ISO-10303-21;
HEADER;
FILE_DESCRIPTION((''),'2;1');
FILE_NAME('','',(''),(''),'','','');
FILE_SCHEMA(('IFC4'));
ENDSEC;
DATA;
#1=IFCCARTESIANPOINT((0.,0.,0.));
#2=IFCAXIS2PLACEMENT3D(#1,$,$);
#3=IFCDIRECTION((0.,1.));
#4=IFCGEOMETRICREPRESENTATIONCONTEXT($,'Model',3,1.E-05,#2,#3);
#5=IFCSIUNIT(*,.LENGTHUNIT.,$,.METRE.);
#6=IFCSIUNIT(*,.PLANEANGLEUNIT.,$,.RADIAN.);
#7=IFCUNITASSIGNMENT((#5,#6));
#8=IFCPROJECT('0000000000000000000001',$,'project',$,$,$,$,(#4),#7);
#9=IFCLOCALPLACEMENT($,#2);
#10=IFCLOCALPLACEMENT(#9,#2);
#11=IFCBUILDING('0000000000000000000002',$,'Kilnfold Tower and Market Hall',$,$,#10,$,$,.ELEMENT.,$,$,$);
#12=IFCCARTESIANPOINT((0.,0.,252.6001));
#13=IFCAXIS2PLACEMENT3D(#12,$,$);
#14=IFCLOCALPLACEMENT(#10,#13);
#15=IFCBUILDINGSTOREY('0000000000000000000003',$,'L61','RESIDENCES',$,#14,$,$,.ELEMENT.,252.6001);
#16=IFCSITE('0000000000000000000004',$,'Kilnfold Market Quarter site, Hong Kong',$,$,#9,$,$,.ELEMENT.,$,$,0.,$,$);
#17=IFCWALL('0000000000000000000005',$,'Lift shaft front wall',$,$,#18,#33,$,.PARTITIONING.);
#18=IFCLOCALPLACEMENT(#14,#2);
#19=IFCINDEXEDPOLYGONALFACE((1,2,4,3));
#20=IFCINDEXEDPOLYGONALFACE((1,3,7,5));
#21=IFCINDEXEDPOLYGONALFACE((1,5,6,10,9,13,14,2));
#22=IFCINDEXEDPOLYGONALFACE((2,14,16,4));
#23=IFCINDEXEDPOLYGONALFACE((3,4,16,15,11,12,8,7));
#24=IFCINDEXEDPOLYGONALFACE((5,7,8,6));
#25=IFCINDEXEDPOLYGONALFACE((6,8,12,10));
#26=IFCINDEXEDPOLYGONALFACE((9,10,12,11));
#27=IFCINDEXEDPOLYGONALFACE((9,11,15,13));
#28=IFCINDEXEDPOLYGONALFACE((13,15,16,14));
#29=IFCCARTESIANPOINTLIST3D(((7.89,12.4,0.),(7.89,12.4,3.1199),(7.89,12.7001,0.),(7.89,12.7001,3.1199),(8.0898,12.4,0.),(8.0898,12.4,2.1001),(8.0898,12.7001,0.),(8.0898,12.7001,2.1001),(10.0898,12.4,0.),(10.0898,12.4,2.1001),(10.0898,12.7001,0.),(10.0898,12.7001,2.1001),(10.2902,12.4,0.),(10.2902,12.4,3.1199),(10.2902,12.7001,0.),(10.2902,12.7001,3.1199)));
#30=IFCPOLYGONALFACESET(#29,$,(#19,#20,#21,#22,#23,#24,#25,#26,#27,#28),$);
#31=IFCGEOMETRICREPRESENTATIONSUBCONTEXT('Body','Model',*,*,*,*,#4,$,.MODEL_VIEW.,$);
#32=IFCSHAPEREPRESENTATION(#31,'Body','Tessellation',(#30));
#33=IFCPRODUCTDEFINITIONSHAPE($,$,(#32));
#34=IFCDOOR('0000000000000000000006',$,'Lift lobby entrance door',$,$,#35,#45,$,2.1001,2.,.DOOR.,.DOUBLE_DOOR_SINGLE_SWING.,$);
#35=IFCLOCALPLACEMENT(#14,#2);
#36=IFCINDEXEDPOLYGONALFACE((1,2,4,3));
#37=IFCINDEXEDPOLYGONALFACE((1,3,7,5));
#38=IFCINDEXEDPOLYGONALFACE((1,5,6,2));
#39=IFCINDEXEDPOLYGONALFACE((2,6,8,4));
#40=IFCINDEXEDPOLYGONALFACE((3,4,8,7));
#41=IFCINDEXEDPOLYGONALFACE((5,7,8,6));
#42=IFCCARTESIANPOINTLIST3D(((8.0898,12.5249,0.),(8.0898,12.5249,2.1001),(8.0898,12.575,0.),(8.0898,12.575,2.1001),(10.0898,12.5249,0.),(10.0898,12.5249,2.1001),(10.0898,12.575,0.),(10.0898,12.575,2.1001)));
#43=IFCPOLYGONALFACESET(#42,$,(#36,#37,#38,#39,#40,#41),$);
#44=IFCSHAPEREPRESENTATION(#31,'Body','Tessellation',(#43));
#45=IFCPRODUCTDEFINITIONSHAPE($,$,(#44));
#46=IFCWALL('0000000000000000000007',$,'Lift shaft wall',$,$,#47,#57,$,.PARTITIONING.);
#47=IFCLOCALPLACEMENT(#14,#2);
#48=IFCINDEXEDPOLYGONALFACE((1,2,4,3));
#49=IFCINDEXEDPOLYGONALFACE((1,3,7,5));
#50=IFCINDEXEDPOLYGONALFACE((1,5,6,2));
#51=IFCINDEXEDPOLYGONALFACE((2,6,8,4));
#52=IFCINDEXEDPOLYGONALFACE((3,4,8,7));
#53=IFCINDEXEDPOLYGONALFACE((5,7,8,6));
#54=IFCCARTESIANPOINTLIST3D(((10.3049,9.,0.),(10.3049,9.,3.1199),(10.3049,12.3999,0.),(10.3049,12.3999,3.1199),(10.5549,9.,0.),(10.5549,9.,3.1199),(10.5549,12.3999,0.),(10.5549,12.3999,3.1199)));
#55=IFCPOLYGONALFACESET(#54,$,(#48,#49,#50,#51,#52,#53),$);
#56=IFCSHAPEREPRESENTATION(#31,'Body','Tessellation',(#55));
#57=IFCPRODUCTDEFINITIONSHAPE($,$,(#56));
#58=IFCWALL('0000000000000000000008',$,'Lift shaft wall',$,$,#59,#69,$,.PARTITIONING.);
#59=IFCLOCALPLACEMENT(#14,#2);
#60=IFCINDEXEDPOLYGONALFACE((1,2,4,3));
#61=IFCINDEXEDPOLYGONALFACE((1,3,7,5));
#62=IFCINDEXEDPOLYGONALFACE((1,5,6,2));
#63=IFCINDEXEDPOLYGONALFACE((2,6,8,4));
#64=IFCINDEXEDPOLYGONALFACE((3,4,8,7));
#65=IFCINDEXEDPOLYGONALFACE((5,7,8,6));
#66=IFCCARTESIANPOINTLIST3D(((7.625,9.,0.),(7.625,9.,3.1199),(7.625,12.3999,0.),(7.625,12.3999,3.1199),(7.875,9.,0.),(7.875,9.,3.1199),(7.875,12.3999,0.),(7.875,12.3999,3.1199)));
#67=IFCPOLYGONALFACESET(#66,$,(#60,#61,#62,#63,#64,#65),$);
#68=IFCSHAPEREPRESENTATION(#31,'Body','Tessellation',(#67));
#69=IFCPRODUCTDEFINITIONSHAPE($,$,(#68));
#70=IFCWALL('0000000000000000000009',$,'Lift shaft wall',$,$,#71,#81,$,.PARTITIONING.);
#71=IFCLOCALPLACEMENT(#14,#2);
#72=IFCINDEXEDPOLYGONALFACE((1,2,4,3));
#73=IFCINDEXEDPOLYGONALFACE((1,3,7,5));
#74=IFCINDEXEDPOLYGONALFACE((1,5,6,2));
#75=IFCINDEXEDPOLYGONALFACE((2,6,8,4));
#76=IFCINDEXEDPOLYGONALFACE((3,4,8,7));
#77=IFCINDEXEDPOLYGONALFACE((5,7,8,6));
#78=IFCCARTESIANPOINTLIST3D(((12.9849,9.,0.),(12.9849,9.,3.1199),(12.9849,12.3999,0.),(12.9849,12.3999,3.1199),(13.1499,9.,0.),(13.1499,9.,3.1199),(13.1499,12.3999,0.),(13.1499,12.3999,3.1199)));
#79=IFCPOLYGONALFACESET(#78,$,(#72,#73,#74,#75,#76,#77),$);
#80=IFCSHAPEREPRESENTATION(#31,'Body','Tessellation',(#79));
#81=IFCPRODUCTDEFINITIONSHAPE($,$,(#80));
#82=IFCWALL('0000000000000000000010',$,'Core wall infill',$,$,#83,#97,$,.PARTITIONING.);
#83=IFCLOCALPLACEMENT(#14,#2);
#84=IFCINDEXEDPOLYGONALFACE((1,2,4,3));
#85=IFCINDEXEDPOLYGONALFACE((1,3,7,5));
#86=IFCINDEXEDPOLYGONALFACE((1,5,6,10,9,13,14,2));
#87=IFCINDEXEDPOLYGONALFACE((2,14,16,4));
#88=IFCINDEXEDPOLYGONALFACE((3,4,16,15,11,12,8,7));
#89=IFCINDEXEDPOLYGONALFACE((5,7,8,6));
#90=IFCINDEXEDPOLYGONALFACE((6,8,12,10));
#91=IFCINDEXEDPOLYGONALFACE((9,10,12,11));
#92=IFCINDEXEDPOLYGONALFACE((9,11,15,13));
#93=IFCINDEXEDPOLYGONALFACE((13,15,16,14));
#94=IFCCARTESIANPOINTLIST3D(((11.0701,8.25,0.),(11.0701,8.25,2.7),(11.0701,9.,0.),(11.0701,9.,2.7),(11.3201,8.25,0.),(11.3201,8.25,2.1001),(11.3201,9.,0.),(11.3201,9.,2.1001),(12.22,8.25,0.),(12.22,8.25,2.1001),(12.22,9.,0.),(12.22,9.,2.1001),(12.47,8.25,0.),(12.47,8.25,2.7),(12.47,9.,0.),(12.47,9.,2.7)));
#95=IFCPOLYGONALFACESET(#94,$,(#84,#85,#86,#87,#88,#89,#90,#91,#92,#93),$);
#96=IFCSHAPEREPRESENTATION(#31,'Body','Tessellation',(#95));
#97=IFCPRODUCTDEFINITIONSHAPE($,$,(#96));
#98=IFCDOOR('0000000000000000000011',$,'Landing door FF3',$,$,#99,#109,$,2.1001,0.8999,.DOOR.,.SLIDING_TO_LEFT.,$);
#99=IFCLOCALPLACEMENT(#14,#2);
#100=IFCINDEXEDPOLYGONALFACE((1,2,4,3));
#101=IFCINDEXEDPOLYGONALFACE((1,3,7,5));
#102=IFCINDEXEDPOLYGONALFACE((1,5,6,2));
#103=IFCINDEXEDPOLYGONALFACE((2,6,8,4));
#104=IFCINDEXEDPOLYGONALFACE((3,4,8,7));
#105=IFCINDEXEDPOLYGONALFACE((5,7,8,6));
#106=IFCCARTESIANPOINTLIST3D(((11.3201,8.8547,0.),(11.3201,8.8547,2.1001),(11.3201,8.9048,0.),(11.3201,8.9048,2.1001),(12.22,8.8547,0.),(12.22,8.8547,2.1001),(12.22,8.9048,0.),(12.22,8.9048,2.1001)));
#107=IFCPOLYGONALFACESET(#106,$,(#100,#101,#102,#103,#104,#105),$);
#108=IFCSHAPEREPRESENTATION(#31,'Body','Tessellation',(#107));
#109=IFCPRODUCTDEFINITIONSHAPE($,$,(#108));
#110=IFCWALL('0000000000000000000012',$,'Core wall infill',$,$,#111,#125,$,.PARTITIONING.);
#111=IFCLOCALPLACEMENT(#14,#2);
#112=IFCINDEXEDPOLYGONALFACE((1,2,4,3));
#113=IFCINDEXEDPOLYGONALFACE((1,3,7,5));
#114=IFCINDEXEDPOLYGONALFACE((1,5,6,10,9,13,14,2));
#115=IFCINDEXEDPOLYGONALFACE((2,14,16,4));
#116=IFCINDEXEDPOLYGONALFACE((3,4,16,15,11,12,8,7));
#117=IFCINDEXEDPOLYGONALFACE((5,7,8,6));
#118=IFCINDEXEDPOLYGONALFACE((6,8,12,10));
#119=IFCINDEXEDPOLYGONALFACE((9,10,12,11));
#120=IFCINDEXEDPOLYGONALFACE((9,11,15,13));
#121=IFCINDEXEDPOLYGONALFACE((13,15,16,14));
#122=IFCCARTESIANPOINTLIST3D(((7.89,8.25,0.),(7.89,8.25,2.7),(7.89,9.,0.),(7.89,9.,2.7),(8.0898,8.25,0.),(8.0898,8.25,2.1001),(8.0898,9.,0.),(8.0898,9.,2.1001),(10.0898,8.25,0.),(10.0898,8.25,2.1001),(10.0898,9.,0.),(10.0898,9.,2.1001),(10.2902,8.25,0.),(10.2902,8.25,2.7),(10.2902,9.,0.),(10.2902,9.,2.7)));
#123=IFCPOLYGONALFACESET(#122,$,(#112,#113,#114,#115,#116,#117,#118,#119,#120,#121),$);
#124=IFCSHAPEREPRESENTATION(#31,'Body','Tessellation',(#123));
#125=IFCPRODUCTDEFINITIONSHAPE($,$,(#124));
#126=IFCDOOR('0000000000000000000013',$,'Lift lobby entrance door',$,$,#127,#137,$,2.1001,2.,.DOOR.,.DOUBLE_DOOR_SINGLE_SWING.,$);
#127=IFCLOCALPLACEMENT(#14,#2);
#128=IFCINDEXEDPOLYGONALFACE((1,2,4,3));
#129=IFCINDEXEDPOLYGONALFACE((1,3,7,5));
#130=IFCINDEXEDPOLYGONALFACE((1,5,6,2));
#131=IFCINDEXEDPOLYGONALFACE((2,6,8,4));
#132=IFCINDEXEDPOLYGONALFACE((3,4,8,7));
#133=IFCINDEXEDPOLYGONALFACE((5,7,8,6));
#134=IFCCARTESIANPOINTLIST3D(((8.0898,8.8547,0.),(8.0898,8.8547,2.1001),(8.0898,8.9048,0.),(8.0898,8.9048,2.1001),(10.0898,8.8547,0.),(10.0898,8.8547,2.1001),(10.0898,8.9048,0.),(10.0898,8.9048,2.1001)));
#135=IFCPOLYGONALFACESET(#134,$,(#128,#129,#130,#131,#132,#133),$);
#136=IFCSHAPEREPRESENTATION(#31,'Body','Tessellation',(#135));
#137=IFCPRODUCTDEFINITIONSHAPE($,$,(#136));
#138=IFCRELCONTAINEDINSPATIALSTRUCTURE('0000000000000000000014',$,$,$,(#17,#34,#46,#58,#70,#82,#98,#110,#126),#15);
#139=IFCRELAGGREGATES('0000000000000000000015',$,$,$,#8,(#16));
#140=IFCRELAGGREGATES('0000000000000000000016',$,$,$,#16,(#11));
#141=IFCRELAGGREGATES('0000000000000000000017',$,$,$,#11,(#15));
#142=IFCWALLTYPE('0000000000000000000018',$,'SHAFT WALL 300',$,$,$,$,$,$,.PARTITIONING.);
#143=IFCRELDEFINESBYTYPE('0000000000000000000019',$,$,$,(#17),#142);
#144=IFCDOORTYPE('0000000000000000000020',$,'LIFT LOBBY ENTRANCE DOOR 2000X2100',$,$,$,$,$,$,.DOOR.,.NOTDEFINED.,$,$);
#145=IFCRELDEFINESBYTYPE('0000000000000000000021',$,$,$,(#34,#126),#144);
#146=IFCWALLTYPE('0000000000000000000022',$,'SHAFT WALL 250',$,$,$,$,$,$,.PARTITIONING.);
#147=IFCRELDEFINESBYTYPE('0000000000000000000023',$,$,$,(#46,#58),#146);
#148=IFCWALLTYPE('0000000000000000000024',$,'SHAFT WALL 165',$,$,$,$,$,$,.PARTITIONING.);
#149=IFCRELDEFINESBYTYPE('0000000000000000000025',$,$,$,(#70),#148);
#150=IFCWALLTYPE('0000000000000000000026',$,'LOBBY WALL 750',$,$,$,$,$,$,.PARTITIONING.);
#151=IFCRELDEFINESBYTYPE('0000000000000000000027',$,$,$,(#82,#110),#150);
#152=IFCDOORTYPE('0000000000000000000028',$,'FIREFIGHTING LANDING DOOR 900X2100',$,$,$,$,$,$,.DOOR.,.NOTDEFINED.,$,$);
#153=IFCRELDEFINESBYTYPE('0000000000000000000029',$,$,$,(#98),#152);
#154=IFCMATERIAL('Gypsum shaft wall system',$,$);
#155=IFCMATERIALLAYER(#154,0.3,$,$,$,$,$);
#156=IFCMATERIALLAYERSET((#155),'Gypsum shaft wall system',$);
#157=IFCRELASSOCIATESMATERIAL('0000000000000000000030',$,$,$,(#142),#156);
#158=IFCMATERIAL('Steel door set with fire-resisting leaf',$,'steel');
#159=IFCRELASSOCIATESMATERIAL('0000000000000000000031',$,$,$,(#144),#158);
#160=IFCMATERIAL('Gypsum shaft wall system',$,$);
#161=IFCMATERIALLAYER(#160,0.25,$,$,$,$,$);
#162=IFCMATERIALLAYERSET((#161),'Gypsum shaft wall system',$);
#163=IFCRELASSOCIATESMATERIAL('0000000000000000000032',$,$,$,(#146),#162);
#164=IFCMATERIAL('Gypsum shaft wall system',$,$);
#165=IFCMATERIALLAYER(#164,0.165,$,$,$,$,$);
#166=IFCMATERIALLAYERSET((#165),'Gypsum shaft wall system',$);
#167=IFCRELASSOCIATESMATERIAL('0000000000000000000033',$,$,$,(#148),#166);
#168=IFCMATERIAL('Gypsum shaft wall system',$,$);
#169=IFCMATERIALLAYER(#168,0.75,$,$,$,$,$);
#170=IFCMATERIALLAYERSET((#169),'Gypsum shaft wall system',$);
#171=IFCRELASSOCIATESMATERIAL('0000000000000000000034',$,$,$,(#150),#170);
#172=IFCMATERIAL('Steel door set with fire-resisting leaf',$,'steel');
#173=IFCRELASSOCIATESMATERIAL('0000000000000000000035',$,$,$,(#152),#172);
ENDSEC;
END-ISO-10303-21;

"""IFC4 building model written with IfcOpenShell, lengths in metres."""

from ifc_helpers import new_model, si_unit, direction, frame, frame_2d, origin, place, context, subcontext, project, spatial, rectangle, extrude, source, transform, mapped, material, layer, layer_set, type_object, element, fill, save


model = new_model("IFC4")

# Units and contexts
model_context = context("Model", 3, precision=1e-05, world=origin(), true_north=direction((0.0, 1.0)))
body_context = subcontext(model_context, "Body", "Model", "MODEL_VIEW")
ifc_project = project(units=[si_unit("LENGTHUNIT", "METRE"), si_unit("PLANEANGLEUNIT", "RADIAN")], contexts=[model_context])

# Site, building, storey
site_placement = place(None, origin())
site = spatial("IfcSite", under=ifc_project, at=site_placement, Name="Kilnfold Market Quarter site, Hong Kong", CompositionType="ELEMENT", RefElevation=0.0)
building_placement = place(site_placement, origin())
building = spatial("IfcBuilding", under=site, at=building_placement, Name="Kilnfold Tower and Market Hall", CompositionType="ELEMENT")
storey_placement = place(building_placement, frame((0.0, 0.0, 252.6001)))
storey = spatial("IfcBuildingStorey", under=building, at=storey_placement, Name="L61", Description="RESIDENCES", CompositionType="ELEMENT", Elevation=252.6001)

# Wall, opening, door
ifc_material_1 = material(Name="Gypsum shaft wall system")
ifc_layer_1 = layer(ifc_material_1, 0.3)
ifc_layer_set_1 = layer_set([ifc_layer_1], Name="Gypsum shaft wall system")
wall_type_1 = type_object("IfcWallType", Name="SHAFT WALL 300", PredefinedType="PARTITIONING", material=ifc_layer_set_1)
shared_shape_1 = source(origin(), body_context, "Body", "SweptSolid", [
    extrude(rectangle(XDim=2.4001, YDim=0.3, at=frame_2d((1.2002, 0.0))), origin(), (0.0, 0.0, 1.0), 3.1199),
])
wall_1_placement = place(storey_placement, frame((7.8899, 12.55, 0.0), z_axis=(0.0, 0.0, 1.0), x_axis=(1.0, 0.0, 0.0)))
wall_1 = element("IfcWall", 1, at=wall_1_placement, inside=storey, type_object=wall_type_1, Name="Lift shaft front wall", PredefinedType="PARTITIONING", context=body_context, shape_type="MappedRepresentation", body=[
    mapped(shared_shape_1, transform((0.0, 0.0, 0.0))),
])
opening_1_placement = place(wall_1_placement, frame((0.2, 0.0, 0.0)))
opening_1 = element("IfcOpeningElement", 2, at=opening_1_placement, cuts=wall_1, PredefinedType="OPENING", context=body_context, shape_type="SweptSolid", body=[
    extrude(rectangle(XDim=2.0, YDim=2.1001, at=frame_2d((1.0, 1.05))), frame((0.0, 0.1602, 0.0), z_axis=(0.0, -1.0, 0.0), x_axis=(1.0, 0.0, 0.0)), (0.0, 0.0, 1.0), 0.3201),
])
ifc_material_2 = material(Name="Steel door set with fire-resisting leaf", Category="steel")
door_type_1 = type_object("IfcDoorType", Name="LIFT LOBBY ENTRANCE DOOR 2000X2100", OperationType="NOTDEFINED", PredefinedType="DOOR", material=ifc_material_2)
door_1_placement = place(opening_1_placement, origin())
door_1 = element("IfcDoor", 3, at=door_1_placement, inside=storey, type_object=door_type_1, Name="Lift lobby entrance door", OperationType="DOUBLE_DOOR_SINGLE_SWING", OverallHeight=2.1001, OverallWidth=2.0, PredefinedType="DOOR", context=body_context, shape_type="SweptSolid", body=[
    extrude(rectangle(XDim=2.0, YDim=2.1001, at=frame_2d((1.0, 1.05))), frame((0.0, 0.0249, 0.0), z_axis=(0.0, -1.0, 0.0), x_axis=(1.0, 0.0, 0.0)), (0.0, 0.0, 1.0), 0.05),
])
fill(opening_1, door_1)

# Walls
ifc_material_3 = material(Name="Gypsum shaft wall system")
ifc_layer_2 = layer(ifc_material_3, 0.25)
ifc_layer_set_2 = layer_set([ifc_layer_2], Name="Gypsum shaft wall system")
wall_type_2 = type_object("IfcWallType", Name="SHAFT WALL 250", PredefinedType="PARTITIONING", material=ifc_layer_set_2)
shared_shape_2 = source(origin(), body_context, "Body", "SweptSolid", [
    extrude(rectangle(XDim=3.3999, YDim=0.25, at=frame_2d((1.7, 0.0))), origin(), (0.0, 0.0, 1.0), 3.1199),
])
for number, where, z_axis, x_axis, name in (
    (4, (10.4299, 9.0, 0.0), (0.0, 0.0, 1.0), (0.0, 1.0, 0.0), "Lift shaft wall"),
    (5, (7.75, 9.0, 0.0), (0.0, 0.0, 1.0), (0.0, 1.0, 0.0), "Lift shaft wall"),
):
    element("IfcWall", number, at=place(storey_placement, frame(where, z_axis=z_axis, x_axis=x_axis)), inside=storey, type_object=wall_type_2, Name=name, PredefinedType="PARTITIONING", context=body_context, shape_type="MappedRepresentation", body=[
        mapped(shared_shape_2, transform((0.0, 0.0, 0.0))),
    ])
ifc_material_4 = material(Name="Gypsum shaft wall system")
ifc_layer_3 = layer(ifc_material_4, 0.165)
ifc_layer_set_3 = layer_set([ifc_layer_3], Name="Gypsum shaft wall system")
wall_type_3 = type_object("IfcWallType", Name="SHAFT WALL 165", PredefinedType="PARTITIONING", material=ifc_layer_set_3)
shared_shape_3 = source(origin(), body_context, "Body", "SweptSolid", [
    extrude(rectangle(XDim=3.3999, YDim=0.165, at=frame_2d((1.7, 0.0))), origin(), (0.0, 0.0, 1.0), 3.1199),
])
wall_2_placement = place(storey_placement, frame((13.0674, 9.0, 0.0), z_axis=(0.0, 0.0, 1.0), x_axis=(0.0, 1.0, 0.0)))
element("IfcWall", 6, at=wall_2_placement, inside=storey, type_object=wall_type_3, Name="Lift shaft wall", PredefinedType="PARTITIONING", context=body_context, shape_type="MappedRepresentation", body=[
    mapped(shared_shape_3, transform((0.0, 0.0, 0.0))),
])

# Walls, openings, doors
ifc_material_5 = material(Name="Gypsum shaft wall system")
ifc_layer_4 = layer(ifc_material_5, 0.75)
ifc_layer_set_4 = layer_set([ifc_layer_4], Name="Gypsum shaft wall system")
wall_type_4 = type_object("IfcWallType", Name="LOBBY WALL 750", PredefinedType="PARTITIONING", material=ifc_layer_set_4)
shared_shape_4 = source(origin(), body_context, "Body", "SweptSolid", [
    extrude(rectangle(XDim=1.3999, YDim=0.75, at=frame_2d((0.7, 0.0))), origin(), (0.0, 0.0, 1.0), 2.7),
])
wall_3_placement = place(storey_placement, frame((11.0701, 8.625, 0.0), z_axis=(0.0, 0.0, 1.0), x_axis=(1.0, 0.0, 0.0)))
wall_3 = element("IfcWall", 7, at=wall_3_placement, inside=storey, type_object=wall_type_4, Name="Core wall infill", PredefinedType="PARTITIONING", context=body_context, shape_type="MappedRepresentation", body=[
    mapped(shared_shape_4, transform((0.0, 0.0, 0.0))),
])
opening_2_placement = place(wall_3_placement, frame((0.25, 0.0, 0.0)))
opening_2 = element("IfcOpeningElement", 8, at=opening_2_placement, cuts=wall_3, PredefinedType="OPENING", context=body_context, shape_type="SweptSolid", body=[
    extrude(rectangle(XDim=0.8999, YDim=2.1001, at=frame_2d((0.45, 1.05))), frame((0.0, 0.385, 0.0), z_axis=(0.0, -1.0, 0.0), x_axis=(1.0, 0.0, 0.0)), (0.0, 0.0, 1.0), 0.77),
])
ifc_material_6 = material(Name="Steel door set with fire-resisting leaf", Category="steel")
door_type_2 = type_object("IfcDoorType", Name="FIREFIGHTING LANDING DOOR 900X2100", OperationType="NOTDEFINED", PredefinedType="DOOR", material=ifc_material_6)
door_2_placement = place(opening_2_placement, origin())
door_2 = element("IfcDoor", 9, at=door_2_placement, inside=storey, type_object=door_type_2, Name="Landing door FF3", OperationType="SLIDING_TO_LEFT", OverallHeight=2.1001, OverallWidth=0.8999, PredefinedType="DOOR", context=body_context, shape_type="SweptSolid", body=[
    extrude(rectangle(XDim=0.8999, YDim=2.1001, at=frame_2d((0.45, 1.05))), frame((0.0, 0.2798, 0.0), z_axis=(0.0, -1.0, 0.0), x_axis=(1.0, 0.0, 0.0)), (0.0, 0.0, 1.0), 0.05),
])
fill(opening_2, door_2)
shared_shape_5 = source(origin(), body_context, "Body", "SweptSolid", [
    extrude(rectangle(XDim=2.4001, YDim=0.75, at=frame_2d((1.2002, 0.0))), origin(), (0.0, 0.0, 1.0), 2.7),
])
wall_4_placement = place(storey_placement, frame((7.8899, 8.625, 0.0), z_axis=(0.0, 0.0, 1.0), x_axis=(1.0, 0.0, 0.0)))
wall_4 = element("IfcWall", 10, at=wall_4_placement, inside=storey, type_object=wall_type_4, Name="Core wall infill", PredefinedType="PARTITIONING", context=body_context, shape_type="MappedRepresentation", body=[
    mapped(shared_shape_5, transform((0.0, 0.0, 0.0))),
])
opening_3_placement = place(wall_4_placement, frame((0.2, 0.0, 0.0)))
opening_3 = element("IfcOpeningElement", 11, at=opening_3_placement, cuts=wall_4, PredefinedType="OPENING", context=body_context, shape_type="SweptSolid", body=[
    extrude(rectangle(XDim=2.0, YDim=2.1001, at=frame_2d((1.0, 1.05))), frame((0.0, 0.385, 0.0), z_axis=(0.0, -1.0, 0.0), x_axis=(1.0, 0.0, 0.0)), (0.0, 0.0, 1.0), 0.77),
])
door_3_placement = place(opening_3_placement, origin())
door_3 = element("IfcDoor", 12, at=door_3_placement, inside=storey, type_object=door_type_1, Name="Lift lobby entrance door", OperationType="DOUBLE_DOOR_SINGLE_SWING", OverallHeight=2.1001, OverallWidth=2.0, PredefinedType="DOOR", context=body_context, shape_type="SweptSolid", body=[
    extrude(rectangle(XDim=2.0, YDim=2.1001, at=frame_2d((1.0, 1.05))), frame((0.0, 0.2798, 0.0), z_axis=(0.0, -1.0, 0.0), x_axis=(1.0, 0.0, 0.0)), (0.0, 0.0, 1.0), 0.05),
])
fill(opening_3, door_3)

save(model, "model.ifc")
